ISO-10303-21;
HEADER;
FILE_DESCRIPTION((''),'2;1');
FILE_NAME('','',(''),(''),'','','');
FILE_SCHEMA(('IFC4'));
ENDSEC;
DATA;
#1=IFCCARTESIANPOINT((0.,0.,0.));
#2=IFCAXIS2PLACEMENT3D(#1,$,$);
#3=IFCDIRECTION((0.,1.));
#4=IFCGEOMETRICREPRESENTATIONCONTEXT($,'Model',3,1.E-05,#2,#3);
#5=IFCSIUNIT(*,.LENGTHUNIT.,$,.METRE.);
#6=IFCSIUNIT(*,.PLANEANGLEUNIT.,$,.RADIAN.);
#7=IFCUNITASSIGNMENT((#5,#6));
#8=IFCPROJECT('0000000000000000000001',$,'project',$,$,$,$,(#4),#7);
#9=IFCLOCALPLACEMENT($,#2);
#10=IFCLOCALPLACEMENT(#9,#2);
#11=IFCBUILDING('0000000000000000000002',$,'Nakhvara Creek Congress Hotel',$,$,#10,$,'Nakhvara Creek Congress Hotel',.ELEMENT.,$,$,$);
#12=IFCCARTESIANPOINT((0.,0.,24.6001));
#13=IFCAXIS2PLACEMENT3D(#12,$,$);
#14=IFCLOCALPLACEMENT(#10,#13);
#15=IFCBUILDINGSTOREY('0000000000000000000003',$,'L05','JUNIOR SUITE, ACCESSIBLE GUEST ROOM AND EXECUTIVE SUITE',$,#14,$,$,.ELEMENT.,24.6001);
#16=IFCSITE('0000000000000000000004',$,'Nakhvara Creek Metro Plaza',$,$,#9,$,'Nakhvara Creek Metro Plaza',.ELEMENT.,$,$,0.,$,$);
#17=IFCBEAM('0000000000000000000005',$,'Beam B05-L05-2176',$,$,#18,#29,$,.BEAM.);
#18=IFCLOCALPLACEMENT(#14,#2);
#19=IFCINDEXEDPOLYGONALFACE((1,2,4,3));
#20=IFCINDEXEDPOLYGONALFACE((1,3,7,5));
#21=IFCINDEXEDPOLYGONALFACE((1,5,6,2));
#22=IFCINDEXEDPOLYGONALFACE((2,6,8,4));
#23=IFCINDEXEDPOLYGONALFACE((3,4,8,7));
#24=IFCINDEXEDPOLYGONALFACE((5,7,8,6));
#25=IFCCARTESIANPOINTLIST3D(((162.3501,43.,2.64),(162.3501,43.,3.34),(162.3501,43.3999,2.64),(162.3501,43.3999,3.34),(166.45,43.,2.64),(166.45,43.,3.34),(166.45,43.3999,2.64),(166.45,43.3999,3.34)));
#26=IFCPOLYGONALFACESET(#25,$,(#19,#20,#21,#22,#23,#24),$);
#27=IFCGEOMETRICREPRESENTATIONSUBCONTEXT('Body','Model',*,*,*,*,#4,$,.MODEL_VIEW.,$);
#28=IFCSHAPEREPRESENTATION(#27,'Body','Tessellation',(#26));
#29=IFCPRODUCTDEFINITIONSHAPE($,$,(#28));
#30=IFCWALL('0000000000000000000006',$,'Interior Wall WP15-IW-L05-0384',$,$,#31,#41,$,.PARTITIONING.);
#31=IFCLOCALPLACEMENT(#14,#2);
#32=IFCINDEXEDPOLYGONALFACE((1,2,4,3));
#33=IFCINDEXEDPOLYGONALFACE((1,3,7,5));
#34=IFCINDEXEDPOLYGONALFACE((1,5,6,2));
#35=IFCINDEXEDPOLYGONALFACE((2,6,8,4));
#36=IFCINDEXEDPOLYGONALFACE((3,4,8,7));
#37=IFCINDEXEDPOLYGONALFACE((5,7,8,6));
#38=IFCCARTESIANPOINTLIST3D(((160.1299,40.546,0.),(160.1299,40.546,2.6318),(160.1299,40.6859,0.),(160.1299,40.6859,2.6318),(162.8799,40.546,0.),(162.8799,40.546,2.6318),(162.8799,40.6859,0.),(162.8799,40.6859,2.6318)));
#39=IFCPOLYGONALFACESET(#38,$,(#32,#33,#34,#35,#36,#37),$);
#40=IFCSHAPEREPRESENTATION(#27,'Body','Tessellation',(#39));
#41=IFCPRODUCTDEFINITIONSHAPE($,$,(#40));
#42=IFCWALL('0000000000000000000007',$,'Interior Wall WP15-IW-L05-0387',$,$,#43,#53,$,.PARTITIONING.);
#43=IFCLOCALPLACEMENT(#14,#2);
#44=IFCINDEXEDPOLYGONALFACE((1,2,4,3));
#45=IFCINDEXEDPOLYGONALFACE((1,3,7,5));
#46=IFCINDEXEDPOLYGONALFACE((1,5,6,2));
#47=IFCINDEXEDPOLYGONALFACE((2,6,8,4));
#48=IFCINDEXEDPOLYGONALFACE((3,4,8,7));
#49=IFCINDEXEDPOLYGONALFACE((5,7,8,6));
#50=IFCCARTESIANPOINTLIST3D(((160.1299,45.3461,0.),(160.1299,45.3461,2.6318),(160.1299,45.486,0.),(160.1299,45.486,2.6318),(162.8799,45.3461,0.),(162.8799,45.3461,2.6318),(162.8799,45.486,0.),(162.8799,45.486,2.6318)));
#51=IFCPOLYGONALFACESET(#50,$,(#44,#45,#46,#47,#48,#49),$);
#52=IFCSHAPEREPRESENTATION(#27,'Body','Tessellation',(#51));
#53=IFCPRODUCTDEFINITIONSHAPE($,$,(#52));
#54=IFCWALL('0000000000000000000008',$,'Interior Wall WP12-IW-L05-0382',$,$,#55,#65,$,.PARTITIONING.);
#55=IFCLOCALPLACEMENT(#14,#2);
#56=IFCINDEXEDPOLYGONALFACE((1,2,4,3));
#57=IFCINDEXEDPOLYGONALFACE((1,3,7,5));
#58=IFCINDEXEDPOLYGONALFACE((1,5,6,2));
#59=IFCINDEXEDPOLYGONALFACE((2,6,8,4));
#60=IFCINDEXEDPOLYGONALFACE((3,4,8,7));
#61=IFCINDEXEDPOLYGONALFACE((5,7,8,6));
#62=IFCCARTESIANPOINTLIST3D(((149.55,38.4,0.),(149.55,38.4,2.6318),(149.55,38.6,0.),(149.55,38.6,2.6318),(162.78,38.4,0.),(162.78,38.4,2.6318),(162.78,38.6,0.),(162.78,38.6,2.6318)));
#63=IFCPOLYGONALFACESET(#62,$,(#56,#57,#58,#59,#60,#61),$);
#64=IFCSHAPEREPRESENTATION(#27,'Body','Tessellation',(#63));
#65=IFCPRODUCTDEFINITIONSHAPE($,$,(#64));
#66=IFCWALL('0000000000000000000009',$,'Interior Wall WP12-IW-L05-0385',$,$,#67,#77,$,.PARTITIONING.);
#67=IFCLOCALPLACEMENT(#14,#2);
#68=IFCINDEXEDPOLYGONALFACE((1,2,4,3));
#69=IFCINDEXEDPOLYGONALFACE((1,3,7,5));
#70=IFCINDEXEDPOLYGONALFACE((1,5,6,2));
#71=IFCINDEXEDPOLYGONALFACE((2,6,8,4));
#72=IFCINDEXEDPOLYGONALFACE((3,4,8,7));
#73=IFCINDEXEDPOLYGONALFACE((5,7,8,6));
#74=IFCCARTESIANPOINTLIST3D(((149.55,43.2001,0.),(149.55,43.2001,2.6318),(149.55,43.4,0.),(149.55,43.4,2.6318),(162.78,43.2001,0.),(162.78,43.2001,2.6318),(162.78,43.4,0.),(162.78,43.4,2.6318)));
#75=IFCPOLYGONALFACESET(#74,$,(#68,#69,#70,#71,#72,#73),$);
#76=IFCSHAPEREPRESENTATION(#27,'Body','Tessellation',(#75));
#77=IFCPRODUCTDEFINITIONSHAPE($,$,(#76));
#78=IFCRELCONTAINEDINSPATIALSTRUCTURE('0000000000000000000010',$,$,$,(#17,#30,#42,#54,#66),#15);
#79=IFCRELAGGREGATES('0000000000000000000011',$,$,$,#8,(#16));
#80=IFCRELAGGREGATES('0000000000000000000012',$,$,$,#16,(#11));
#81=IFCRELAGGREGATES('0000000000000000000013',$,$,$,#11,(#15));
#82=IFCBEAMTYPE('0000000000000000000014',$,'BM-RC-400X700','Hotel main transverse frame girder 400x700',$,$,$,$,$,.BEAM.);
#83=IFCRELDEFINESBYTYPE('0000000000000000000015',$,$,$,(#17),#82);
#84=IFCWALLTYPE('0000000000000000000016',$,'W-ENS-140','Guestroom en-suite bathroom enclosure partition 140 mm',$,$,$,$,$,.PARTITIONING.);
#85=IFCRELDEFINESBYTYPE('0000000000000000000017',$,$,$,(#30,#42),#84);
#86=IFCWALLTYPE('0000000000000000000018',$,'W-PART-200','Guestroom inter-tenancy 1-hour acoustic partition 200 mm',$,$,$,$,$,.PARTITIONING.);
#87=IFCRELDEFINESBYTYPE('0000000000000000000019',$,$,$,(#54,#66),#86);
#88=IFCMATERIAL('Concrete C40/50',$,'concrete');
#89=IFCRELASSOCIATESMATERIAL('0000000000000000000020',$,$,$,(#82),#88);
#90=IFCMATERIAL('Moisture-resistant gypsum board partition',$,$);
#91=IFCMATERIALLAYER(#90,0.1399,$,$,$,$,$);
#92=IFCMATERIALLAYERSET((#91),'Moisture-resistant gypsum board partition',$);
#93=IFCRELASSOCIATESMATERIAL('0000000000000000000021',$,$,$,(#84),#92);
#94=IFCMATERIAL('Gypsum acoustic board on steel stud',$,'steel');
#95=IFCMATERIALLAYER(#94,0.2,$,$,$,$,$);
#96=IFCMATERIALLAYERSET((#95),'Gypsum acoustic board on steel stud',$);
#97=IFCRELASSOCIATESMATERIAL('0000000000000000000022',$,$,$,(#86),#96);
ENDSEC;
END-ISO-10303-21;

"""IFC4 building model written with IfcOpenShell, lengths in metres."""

from ifc_helpers import new_model, si_unit, direction, frame, frame_2d, origin, origin_2d, place, context, subcontext, project, spatial, rectangle, extrude, material, layer, layer_set, material_profile, profile_set, type_object, element, save


model = new_model("IFC4")

# Units and contexts
model_context = context("Model", 3, precision=1e-05, world=origin(), true_north=direction((0.0, 1.0)))
body_context = subcontext(model_context, "Body", "Model", "MODEL_VIEW")
ifc_project = project(units=[si_unit("LENGTHUNIT", "METRE"), si_unit("PLANEANGLEUNIT", "RADIAN")], contexts=[model_context])

# Site, building, storey
site_placement = place(None, origin())
site = spatial("IfcSite", under=ifc_project, at=site_placement, Name="Nakhvara Creek Metro Plaza", LongName="Nakhvara Creek Metro Plaza", CompositionType="ELEMENT", RefElevation=0.0)
building_placement = place(site_placement, origin())
building = spatial("IfcBuilding", under=site, at=building_placement, Name="Nakhvara Creek Congress Hotel", LongName="Nakhvara Creek Congress Hotel", CompositionType="ELEMENT")
storey_placement = place(building_placement, frame((0.0, 0.0, 24.6001)))
storey = spatial("IfcBuildingStorey", under=building, at=storey_placement, Name="L05", Description="JUNIOR SUITE, ACCESSIBLE GUEST ROOM AND EXECUTIVE SUITE", CompositionType="ELEMENT", Elevation=24.6001)

# Beam
ifc_material_1 = material(Name="Concrete C40/50", Category="concrete")
ifc_material_profile_1 = material_profile(ifc_material_1, rectangle(XDim=0.3999, YDim=0.7, at=origin_2d()), Name="RC-BM 400x700", Category="LoadBearing")
ifc_profile_set_1 = profile_set([ifc_material_profile_1], Name="Concrete C40/50")
beam_type = type_object("IfcBeamType", Name="BM-RC-400X700", Description="Hotel main transverse frame girder 400x700", PredefinedType="BEAM", material=ifc_profile_set_1)
beam_1_placement = place(storey_placement, frame((162.3501, 43.2, 2.99), z_axis=(1.0, 0.0, 0.0), x_axis=(0.0, 1.0, 0.0)))
element("IfcBeam", 1, at=beam_1_placement, inside=storey, type_object=beam_type, Name="Beam B05-L05-2176", PredefinedType="BEAM", context=body_context, shape_type="SweptSolid", body=[
    extrude(rectangle(XDim=0.3999, YDim=0.7, at=origin_2d()), origin(), (0.0, 0.0, 1.0), 4.0999),
])

# Shared definitions
ifc_material_2 = material(Name="Moisture-resistant gypsum board partition")
ifc_layer_1 = layer(ifc_material_2, 0.1399)
ifc_layer_set_1 = layer_set([ifc_layer_1], Name="Moisture-resistant gypsum board partition")
wall_type_1 = type_object("IfcWallType", Name="W-ENS-140", Description="Guestroom en-suite bathroom enclosure partition 140 mm", PredefinedType="PARTITIONING", material=ifc_layer_set_1)

# Wall
wall_1_placement = place(storey_placement, frame((160.1299, 40.616, 0.0), z_axis=(0.0, 0.0, 1.0), x_axis=(1.0, 0.0, 0.0)))
element("IfcWall", 2, at=wall_1_placement, inside=storey, type_object=wall_type_1, Name="Interior Wall WP15-IW-L05-0384", PredefinedType="PARTITIONING", context=body_context, shape_type="SweptSolid", body=[
    extrude(rectangle(XDim=2.75, YDim=0.1399, at=frame_2d((1.375, 0.0))), origin(), (0.0, 0.0, 1.0), 2.6318),
])

# Walls
wall_2_placement = place(storey_placement, frame((160.1299, 45.416, 0.0), z_axis=(0.0, 0.0, 1.0), x_axis=(1.0, 0.0, 0.0)))
element("IfcWall", 3, at=wall_2_placement, inside=storey, type_object=wall_type_1, Name="Interior Wall WP15-IW-L05-0387", PredefinedType="PARTITIONING", context=body_context, shape_type="SweptSolid", body=[
    extrude(rectangle(XDim=2.75, YDim=0.1399, at=frame_2d((1.375, 0.0))), origin(), (0.0, 0.0, 1.0), 2.6318),
])
ifc_material_3 = material(Name="Gypsum acoustic board on steel stud", Category="steel")
ifc_layer_2 = layer(ifc_material_3, 0.2)
ifc_layer_set_2 = layer_set([ifc_layer_2], Name="Gypsum acoustic board on steel stud")
wall_type_2 = type_object("IfcWallType", Name="W-PART-200", Description="Guestroom inter-tenancy 1-hour acoustic partition 200 mm", PredefinedType="PARTITIONING", material=ifc_layer_set_2)
for number, where, z_axis, x_axis, name in (
    (4, (149.55, 38.5, 0.0), (0.0, 0.0, 1.0), (1.0, 0.0, 0.0), "Interior Wall WP12-IW-L05-0382"),
    (5, (149.55, 43.3, 0.0), (0.0, 0.0, 1.0), (1.0, 0.0, 0.0), "Interior Wall WP12-IW-L05-0385"),
):
    element("IfcWall", number, at=place(storey_placement, frame(where, z_axis=z_axis, x_axis=x_axis)), inside=storey, type_object=wall_type_2, Name=name, PredefinedType="PARTITIONING", context=body_context, shape_type="SweptSolid", body=[
        extrude(rectangle(XDim=13.23, YDim=0.2, at=frame_2d((6.615, 0.0))), origin(), (0.0, 0.0, 1.0), 2.6318),
    ])

save(model, "model.ifc")
